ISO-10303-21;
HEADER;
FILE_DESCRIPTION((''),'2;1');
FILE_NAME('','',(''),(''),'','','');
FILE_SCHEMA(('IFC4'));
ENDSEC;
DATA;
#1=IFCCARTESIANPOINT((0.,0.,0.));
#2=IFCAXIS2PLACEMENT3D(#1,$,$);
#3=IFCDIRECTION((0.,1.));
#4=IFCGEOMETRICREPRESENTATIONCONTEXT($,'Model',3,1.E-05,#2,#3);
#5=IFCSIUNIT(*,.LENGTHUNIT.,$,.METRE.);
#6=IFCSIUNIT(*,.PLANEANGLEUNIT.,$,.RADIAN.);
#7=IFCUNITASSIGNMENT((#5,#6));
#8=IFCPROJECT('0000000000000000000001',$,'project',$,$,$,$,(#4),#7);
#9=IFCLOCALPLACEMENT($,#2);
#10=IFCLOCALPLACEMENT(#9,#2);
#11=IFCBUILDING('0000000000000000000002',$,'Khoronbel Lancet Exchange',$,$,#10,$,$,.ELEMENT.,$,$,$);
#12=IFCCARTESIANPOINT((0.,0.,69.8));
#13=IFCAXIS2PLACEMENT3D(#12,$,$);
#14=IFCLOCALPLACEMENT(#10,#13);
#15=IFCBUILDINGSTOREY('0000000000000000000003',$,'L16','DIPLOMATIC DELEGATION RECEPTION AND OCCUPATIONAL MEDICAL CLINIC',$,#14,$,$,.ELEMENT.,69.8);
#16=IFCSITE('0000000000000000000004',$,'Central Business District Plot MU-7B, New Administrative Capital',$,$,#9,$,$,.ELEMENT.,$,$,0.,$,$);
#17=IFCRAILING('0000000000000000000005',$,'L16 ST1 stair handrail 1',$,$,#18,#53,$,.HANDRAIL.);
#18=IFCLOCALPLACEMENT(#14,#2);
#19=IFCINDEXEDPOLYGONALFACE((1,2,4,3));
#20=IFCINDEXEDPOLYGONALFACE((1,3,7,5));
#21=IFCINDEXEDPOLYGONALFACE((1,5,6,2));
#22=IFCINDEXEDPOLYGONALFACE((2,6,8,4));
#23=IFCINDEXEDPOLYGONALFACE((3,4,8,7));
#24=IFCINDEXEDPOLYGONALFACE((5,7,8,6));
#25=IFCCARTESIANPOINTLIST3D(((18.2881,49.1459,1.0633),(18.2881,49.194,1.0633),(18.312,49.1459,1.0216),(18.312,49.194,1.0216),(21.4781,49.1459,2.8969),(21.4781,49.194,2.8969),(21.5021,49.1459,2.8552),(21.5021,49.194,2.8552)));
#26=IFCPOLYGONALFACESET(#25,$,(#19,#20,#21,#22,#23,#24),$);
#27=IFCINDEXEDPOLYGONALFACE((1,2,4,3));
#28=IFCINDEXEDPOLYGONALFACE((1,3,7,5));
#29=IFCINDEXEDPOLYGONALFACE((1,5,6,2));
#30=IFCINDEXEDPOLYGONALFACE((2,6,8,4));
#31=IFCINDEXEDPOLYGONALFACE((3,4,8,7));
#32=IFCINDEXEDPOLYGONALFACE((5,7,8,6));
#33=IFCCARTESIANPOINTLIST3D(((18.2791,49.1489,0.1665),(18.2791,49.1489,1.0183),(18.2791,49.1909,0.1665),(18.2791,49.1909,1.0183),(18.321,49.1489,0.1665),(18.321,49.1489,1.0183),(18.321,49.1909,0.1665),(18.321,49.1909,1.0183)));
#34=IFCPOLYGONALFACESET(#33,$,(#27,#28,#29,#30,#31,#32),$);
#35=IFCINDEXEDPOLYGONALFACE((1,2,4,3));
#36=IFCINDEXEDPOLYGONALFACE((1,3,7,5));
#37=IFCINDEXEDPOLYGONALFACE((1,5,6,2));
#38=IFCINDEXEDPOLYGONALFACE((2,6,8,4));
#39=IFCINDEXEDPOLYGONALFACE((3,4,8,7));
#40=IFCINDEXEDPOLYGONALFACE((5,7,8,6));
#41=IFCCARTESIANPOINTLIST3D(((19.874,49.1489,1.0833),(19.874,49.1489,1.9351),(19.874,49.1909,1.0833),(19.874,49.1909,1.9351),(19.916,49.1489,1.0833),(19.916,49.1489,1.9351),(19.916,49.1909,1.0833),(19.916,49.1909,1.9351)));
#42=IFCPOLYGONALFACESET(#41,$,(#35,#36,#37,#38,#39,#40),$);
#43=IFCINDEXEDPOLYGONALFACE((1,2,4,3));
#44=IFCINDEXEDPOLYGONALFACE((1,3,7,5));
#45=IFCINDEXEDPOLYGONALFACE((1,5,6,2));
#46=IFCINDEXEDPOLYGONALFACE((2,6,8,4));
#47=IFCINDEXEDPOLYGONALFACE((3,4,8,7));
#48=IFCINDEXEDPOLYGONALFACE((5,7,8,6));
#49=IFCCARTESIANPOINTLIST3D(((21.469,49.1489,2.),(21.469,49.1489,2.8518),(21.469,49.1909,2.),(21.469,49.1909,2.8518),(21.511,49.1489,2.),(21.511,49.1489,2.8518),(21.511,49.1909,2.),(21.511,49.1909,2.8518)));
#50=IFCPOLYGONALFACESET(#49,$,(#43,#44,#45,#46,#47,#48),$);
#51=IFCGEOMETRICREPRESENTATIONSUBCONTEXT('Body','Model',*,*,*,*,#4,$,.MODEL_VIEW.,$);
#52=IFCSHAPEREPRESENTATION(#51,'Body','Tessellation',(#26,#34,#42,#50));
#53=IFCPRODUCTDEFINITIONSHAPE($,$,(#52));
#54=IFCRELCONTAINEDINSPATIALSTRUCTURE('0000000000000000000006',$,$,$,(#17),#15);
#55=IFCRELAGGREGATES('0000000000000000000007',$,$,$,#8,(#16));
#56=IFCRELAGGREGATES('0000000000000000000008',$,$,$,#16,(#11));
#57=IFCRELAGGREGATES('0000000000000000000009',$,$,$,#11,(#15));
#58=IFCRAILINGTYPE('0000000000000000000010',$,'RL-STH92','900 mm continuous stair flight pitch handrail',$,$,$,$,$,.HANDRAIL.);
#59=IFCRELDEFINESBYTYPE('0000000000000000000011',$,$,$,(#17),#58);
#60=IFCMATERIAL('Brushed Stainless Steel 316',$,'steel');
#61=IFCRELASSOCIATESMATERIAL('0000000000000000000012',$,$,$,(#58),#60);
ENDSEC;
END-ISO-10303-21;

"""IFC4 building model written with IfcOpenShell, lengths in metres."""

from ifc_helpers import new_model, si_unit, direction, frame, origin, origin_2d, place, context, subcontext, project, spatial, rectangle, extrude, material, type_object, element, save


model = new_model("IFC4")

# Units and contexts
model_context = context("Model", 3, precision=1e-05, world=origin(), true_north=direction((0.0, 1.0)))
body_context = subcontext(model_context, "Body", "Model", "MODEL_VIEW")
ifc_project = project(units=[si_unit("LENGTHUNIT", "METRE"), si_unit("PLANEANGLEUNIT", "RADIAN")], contexts=[model_context])

# Site, building, storey
site_placement = place(None, origin())
site = spatial("IfcSite", under=ifc_project, at=site_placement, Name="Central Business District Plot MU-7B, New Administrative Capital", CompositionType="ELEMENT", RefElevation=0.0)
building_placement = place(site_placement, origin())
building = spatial("IfcBuilding", under=site, at=building_placement, Name="Khoronbel Lancet Exchange", CompositionType="ELEMENT")
storey_placement = place(building_placement, frame((0.0, 0.0, 69.8)))
storey = spatial("IfcBuildingStorey", under=building, at=storey_placement, Name="L16", Description="DIPLOMATIC DELEGATION RECEPTION AND OCCUPATIONAL MEDICAL CLINIC", CompositionType="ELEMENT", Elevation=69.8)

# Railing
ifc_material_1 = material(Name="Brushed Stainless Steel 316", Category="steel")
railing_type_1 = type_object("IfcRailingType", Name="RL-STH92", Description="900 mm continuous stair flight pitch handrail", PredefinedType="HANDRAIL", material=ifc_material_1)
railing_1_placement = place(storey_placement, frame((18.3, 49.1699, 0.1665)))
element("IfcRailing", 1, at=railing_1_placement, inside=storey, type_object=railing_type_1, Name="L16 ST1 stair handrail 1", PredefinedType="HANDRAIL", context=body_context, shape_type="SweptSolid", body=[
    extrude(rectangle(XDim=0.0481, YDim=0.0481, at=origin_2d()), frame((0.0, 0.0, 0.876), z_axis=(0.866991, 0.0, 0.498324), x_axis=(0.0, 1.0, 0.0)), (0.0, 0.0, 1.0), 3.6794),
    extrude(rectangle(XDim=0.042, YDim=0.042, at=origin_2d()), origin(), (0.0, 0.0, 1.0), 0.8518),
    extrude(rectangle(XDim=0.042, YDim=0.042, at=origin_2d()), frame((1.595, 0.0, 0.9167)), (0.0, 0.0, 1.0), 0.8518),
    extrude(rectangle(XDim=0.042, YDim=0.042, at=origin_2d()), frame((3.1899, 0.0, 1.8335)), (0.0, 0.0, 1.0), 0.8518),
])

save(model, "model.ifc")
